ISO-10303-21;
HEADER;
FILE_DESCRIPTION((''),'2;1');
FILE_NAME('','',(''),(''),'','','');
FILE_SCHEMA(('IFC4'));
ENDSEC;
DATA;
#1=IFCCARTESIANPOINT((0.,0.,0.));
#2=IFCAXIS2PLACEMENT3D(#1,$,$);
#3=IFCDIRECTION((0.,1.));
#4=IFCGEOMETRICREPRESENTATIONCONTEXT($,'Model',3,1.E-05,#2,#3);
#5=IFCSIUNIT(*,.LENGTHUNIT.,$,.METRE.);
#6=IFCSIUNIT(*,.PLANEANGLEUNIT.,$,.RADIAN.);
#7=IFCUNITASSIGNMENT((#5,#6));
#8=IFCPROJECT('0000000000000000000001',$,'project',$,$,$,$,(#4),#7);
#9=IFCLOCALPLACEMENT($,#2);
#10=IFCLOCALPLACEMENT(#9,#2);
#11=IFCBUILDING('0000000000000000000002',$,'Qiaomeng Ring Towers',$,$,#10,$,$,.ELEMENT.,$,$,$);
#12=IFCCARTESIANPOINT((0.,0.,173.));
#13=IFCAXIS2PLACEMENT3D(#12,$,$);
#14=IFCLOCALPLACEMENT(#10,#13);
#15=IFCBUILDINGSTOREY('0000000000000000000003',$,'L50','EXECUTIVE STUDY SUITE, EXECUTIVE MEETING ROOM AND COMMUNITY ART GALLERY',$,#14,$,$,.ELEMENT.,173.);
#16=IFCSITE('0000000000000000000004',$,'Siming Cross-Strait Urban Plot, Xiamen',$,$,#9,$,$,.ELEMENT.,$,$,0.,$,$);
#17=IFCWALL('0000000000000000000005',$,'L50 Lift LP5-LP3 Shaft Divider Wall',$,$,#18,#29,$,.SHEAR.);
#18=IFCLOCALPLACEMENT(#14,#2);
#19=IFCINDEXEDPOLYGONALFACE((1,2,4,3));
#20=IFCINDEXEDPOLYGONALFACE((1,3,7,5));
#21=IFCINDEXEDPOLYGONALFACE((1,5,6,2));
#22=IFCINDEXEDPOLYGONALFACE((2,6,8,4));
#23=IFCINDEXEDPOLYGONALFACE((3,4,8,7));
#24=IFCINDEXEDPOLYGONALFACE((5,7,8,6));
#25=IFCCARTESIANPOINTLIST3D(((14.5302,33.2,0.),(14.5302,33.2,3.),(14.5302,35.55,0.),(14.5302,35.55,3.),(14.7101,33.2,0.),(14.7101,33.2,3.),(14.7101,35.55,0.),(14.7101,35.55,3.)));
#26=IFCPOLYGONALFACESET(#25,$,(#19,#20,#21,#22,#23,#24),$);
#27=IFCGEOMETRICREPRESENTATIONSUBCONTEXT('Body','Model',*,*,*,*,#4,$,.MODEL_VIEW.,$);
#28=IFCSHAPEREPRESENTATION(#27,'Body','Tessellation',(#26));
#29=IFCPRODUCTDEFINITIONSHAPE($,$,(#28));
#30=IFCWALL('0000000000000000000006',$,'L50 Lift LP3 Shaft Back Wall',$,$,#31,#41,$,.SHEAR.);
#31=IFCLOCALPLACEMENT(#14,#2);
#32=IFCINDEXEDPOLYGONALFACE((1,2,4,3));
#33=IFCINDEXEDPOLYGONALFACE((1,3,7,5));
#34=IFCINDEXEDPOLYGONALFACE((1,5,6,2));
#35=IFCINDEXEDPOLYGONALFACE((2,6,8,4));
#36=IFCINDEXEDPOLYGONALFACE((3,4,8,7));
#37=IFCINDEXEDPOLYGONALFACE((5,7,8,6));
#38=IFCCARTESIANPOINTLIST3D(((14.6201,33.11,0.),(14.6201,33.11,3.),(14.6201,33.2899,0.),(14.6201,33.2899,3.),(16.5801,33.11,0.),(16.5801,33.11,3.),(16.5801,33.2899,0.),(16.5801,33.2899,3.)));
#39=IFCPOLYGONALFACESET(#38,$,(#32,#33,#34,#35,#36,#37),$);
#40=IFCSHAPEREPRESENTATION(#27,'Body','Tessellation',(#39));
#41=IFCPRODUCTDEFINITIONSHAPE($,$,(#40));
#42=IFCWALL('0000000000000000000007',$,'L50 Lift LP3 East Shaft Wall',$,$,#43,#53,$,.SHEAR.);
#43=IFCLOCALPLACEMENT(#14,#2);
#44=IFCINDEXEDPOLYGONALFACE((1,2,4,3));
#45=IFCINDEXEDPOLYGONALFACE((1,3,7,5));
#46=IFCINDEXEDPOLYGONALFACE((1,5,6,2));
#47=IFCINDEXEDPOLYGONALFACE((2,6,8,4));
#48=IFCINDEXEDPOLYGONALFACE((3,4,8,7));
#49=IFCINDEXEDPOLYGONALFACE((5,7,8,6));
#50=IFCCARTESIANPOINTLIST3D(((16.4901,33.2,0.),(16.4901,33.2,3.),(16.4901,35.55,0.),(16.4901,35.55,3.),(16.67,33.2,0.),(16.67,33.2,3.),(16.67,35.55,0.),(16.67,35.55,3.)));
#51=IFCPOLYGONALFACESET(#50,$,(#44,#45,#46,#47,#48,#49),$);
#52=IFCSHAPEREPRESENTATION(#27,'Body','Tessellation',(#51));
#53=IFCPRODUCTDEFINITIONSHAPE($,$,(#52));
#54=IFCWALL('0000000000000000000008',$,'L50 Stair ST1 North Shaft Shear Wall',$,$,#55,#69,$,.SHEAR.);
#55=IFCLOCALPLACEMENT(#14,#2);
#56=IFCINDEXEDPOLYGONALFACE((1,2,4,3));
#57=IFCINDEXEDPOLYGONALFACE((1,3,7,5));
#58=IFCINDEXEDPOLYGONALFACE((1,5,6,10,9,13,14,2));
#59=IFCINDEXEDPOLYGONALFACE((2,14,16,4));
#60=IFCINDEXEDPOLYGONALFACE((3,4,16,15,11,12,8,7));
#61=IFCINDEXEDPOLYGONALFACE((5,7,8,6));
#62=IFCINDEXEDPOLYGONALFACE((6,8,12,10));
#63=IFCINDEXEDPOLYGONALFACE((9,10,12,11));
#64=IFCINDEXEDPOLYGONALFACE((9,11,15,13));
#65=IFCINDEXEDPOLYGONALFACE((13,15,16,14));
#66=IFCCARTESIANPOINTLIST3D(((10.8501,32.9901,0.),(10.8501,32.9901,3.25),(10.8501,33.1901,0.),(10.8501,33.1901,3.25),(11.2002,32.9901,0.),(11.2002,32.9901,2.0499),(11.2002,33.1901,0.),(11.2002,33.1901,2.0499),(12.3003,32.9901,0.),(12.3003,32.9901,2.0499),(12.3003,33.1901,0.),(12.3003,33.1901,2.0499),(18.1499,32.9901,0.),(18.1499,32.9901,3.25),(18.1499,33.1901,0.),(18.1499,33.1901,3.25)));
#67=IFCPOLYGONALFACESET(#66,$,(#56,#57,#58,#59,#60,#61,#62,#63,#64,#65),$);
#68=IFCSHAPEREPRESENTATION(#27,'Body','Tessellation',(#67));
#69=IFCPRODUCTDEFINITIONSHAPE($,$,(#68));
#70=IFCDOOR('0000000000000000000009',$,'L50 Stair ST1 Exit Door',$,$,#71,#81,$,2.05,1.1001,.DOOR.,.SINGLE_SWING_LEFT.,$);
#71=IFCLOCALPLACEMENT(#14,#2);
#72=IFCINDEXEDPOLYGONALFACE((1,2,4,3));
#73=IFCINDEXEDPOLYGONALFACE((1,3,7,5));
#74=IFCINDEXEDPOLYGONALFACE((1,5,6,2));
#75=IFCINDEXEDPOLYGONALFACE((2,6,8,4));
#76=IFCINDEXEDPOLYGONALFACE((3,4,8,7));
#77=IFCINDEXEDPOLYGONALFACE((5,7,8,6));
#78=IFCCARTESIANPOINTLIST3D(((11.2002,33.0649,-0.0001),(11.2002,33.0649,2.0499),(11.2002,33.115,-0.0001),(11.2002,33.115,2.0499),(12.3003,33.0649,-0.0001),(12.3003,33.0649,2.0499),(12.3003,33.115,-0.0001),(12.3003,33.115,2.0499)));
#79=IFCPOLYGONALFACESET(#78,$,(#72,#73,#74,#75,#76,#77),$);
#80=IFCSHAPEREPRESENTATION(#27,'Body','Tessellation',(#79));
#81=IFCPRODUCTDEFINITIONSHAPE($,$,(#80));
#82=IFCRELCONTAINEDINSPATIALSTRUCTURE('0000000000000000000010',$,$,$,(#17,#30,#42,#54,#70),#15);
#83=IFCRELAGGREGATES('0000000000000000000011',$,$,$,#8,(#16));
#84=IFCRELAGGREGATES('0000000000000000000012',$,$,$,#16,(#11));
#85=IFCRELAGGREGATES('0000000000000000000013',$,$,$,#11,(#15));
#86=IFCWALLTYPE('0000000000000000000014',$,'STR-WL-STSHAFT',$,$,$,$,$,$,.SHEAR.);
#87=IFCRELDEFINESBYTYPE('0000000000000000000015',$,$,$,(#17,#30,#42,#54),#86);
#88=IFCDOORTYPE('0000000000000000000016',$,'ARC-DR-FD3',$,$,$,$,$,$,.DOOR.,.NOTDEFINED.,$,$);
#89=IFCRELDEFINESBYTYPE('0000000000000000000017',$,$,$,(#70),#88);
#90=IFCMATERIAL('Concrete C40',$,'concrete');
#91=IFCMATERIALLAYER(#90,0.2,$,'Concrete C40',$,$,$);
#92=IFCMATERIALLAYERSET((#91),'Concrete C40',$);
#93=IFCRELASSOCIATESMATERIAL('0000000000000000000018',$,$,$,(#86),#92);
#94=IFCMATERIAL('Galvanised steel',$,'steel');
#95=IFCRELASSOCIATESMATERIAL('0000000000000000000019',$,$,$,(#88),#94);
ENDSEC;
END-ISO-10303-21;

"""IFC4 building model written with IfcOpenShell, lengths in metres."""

from ifc_helpers import new_model, si_unit, direction, frame, frame_2d, origin, place, context, subcontext, project, spatial, rectangle, extrude, source, transform, mapped, material, layer, layer_set, type_object, element, fill, save


model = new_model("IFC4")

# Units and contexts
model_context = context("Model", 3, precision=1e-05, world=origin(), true_north=direction((0.0, 1.0)))
body_context = subcontext(model_context, "Body", "Model", "MODEL_VIEW")
ifc_project = project(units=[si_unit("LENGTHUNIT", "METRE"), si_unit("PLANEANGLEUNIT", "RADIAN")], contexts=[model_context])

# Site, building, storey
site_placement = place(None, origin())
site = spatial("IfcSite", under=ifc_project, at=site_placement, Name="Siming Cross-Strait Urban Plot, Xiamen", CompositionType="ELEMENT", RefElevation=0.0)
building_placement = place(site_placement, origin())
building = spatial("IfcBuilding", under=site, at=building_placement, Name="Qiaomeng Ring Towers", CompositionType="ELEMENT")
storey_placement = place(building_placement, frame((0.0, 0.0, 173.0)))
storey = spatial("IfcBuildingStorey", under=building, at=storey_placement, Name="L50", Description="EXECUTIVE STUDY SUITE, EXECUTIVE MEETING ROOM AND COMMUNITY ART GALLERY", CompositionType="ELEMENT", Elevation=173.0)

# Walls
ifc_material_1 = material(Name="Concrete C40", Category="concrete")
ifc_layer_1 = layer(ifc_material_1, 0.2, Name="Concrete C40")
ifc_layer_set_1 = layer_set([ifc_layer_1], Name="Concrete C40")
wall_type_1 = type_object("IfcWallType", Name="STR-WL-STSHAFT", PredefinedType="SHEAR", material=ifc_layer_set_1)
wall_1_placement = place(storey_placement, frame((14.6201, 33.2, 0.0), z_axis=(0.0, 0.0, 1.0), x_axis=(0.0, 1.0, 0.0)))
element("IfcWall", 1, at=wall_1_placement, inside=storey, type_object=wall_type_1, Name="L50 Lift LP5-LP3 Shaft Divider Wall", PredefinedType="SHEAR", context=body_context, shape_type="SweptSolid", body=[
    extrude(rectangle(XDim=2.3501, YDim=0.1799, at=frame_2d((1.175, 0.0))), origin(), (0.0, 0.0, 1.0), 3.0),
])
wall_2_placement = place(storey_placement, frame((14.6201, 33.2, 0.0), z_axis=(0.0, 0.0, 1.0), x_axis=(1.0, 0.0, 0.0)))
element("IfcWall", 2, at=wall_2_placement, inside=storey, type_object=wall_type_1, Name="L50 Lift LP3 Shaft Back Wall", PredefinedType="SHEAR", context=body_context, shape_type="SweptSolid", body=[
    extrude(rectangle(XDim=1.96, YDim=0.1799, at=frame_2d((0.98, 0.0))), origin(), (0.0, 0.0, 1.0), 3.0),
])
wall_3_placement = place(storey_placement, frame((16.5801, 33.2, 0.0), z_axis=(0.0, 0.0, 1.0), x_axis=(0.0, 1.0, 0.0)))
element("IfcWall", 3, at=wall_3_placement, inside=storey, type_object=wall_type_1, Name="L50 Lift LP3 East Shaft Wall", PredefinedType="SHEAR", context=body_context, shape_type="SweptSolid", body=[
    extrude(rectangle(XDim=2.3501, YDim=0.1799, at=frame_2d((1.175, 0.0))), origin(), (0.0, 0.0, 1.0), 3.0),
])

# Wall, opening, door
wall_4_placement = place(storey_placement, frame((10.8501, 33.0901, 0.0), z_axis=(0.0, 0.0, 1.0), x_axis=(1.0, 0.0, 0.0)))
wall_4 = element("IfcWall", 4, at=wall_4_placement, inside=storey, type_object=wall_type_1, Name="L50 Stair ST1 North Shaft Shear Wall", PredefinedType="SHEAR", context=body_context, shape_type="SweptSolid", body=[
    extrude(rectangle(XDim=7.2998, YDim=0.2, at=frame_2d((3.6499, 0.0))), origin(), (0.0, 0.0, 1.0), 3.25),
])
opening_1_placement = place(wall_4_placement, frame((0.3501, 0.0, 0.0)))
opening_1 = element("IfcOpeningElement", 5, at=opening_1_placement, cuts=wall_4, PredefinedType="OPENING", context=body_context, shape_type="SweptSolid", body=[
    extrude(rectangle(XDim=1.1001, YDim=2.05, at=frame_2d((0.55, 1.0249))), frame((0.0, 0.1099, 0.0), z_axis=(0.0, -1.0, 0.0), x_axis=(1.0, 0.0, 0.0)), (0.0, 0.0, 1.0), 0.22),
])
ifc_material_2 = material(Name="Galvanised steel", Category="steel")
door_type_1 = type_object("IfcDoorType", Name="ARC-DR-FD3", OperationType="NOTDEFINED", PredefinedType="DOOR", material=ifc_material_2)
shared_shape_1 = source(origin(), body_context, "Body", "SweptSolid", [
    extrude(rectangle(XDim=1.1001, YDim=2.05, at=frame_2d((0.55, 1.0249))), frame((0.0, 0.0249, 0.0), z_axis=(0.0, -1.0, 0.0), x_axis=(1.0, 0.0, 0.0)), (0.0, 0.0, 1.0), 0.05),
])
door_1_placement = place(opening_1_placement, origin())
door_1 = element("IfcDoor", 6, at=door_1_placement, inside=storey, type_object=door_type_1, Name="L50 Stair ST1 Exit Door", OperationType="SINGLE_SWING_LEFT", OverallHeight=2.05, OverallWidth=1.1001, PredefinedType="DOOR", context=body_context, shape_type="MappedRepresentation", body=[
    mapped(shared_shape_1, transform((0.0, 0.0, 0.0), x_axis=(1.0, 0.0, 0.0), y_axis=(0.0, 1.0, 0.0), z_axis=(0.0, 0.0, 1.0), scale=1.0)),
])
fill(opening_1, door_1)

save(model, "model.ifc")
